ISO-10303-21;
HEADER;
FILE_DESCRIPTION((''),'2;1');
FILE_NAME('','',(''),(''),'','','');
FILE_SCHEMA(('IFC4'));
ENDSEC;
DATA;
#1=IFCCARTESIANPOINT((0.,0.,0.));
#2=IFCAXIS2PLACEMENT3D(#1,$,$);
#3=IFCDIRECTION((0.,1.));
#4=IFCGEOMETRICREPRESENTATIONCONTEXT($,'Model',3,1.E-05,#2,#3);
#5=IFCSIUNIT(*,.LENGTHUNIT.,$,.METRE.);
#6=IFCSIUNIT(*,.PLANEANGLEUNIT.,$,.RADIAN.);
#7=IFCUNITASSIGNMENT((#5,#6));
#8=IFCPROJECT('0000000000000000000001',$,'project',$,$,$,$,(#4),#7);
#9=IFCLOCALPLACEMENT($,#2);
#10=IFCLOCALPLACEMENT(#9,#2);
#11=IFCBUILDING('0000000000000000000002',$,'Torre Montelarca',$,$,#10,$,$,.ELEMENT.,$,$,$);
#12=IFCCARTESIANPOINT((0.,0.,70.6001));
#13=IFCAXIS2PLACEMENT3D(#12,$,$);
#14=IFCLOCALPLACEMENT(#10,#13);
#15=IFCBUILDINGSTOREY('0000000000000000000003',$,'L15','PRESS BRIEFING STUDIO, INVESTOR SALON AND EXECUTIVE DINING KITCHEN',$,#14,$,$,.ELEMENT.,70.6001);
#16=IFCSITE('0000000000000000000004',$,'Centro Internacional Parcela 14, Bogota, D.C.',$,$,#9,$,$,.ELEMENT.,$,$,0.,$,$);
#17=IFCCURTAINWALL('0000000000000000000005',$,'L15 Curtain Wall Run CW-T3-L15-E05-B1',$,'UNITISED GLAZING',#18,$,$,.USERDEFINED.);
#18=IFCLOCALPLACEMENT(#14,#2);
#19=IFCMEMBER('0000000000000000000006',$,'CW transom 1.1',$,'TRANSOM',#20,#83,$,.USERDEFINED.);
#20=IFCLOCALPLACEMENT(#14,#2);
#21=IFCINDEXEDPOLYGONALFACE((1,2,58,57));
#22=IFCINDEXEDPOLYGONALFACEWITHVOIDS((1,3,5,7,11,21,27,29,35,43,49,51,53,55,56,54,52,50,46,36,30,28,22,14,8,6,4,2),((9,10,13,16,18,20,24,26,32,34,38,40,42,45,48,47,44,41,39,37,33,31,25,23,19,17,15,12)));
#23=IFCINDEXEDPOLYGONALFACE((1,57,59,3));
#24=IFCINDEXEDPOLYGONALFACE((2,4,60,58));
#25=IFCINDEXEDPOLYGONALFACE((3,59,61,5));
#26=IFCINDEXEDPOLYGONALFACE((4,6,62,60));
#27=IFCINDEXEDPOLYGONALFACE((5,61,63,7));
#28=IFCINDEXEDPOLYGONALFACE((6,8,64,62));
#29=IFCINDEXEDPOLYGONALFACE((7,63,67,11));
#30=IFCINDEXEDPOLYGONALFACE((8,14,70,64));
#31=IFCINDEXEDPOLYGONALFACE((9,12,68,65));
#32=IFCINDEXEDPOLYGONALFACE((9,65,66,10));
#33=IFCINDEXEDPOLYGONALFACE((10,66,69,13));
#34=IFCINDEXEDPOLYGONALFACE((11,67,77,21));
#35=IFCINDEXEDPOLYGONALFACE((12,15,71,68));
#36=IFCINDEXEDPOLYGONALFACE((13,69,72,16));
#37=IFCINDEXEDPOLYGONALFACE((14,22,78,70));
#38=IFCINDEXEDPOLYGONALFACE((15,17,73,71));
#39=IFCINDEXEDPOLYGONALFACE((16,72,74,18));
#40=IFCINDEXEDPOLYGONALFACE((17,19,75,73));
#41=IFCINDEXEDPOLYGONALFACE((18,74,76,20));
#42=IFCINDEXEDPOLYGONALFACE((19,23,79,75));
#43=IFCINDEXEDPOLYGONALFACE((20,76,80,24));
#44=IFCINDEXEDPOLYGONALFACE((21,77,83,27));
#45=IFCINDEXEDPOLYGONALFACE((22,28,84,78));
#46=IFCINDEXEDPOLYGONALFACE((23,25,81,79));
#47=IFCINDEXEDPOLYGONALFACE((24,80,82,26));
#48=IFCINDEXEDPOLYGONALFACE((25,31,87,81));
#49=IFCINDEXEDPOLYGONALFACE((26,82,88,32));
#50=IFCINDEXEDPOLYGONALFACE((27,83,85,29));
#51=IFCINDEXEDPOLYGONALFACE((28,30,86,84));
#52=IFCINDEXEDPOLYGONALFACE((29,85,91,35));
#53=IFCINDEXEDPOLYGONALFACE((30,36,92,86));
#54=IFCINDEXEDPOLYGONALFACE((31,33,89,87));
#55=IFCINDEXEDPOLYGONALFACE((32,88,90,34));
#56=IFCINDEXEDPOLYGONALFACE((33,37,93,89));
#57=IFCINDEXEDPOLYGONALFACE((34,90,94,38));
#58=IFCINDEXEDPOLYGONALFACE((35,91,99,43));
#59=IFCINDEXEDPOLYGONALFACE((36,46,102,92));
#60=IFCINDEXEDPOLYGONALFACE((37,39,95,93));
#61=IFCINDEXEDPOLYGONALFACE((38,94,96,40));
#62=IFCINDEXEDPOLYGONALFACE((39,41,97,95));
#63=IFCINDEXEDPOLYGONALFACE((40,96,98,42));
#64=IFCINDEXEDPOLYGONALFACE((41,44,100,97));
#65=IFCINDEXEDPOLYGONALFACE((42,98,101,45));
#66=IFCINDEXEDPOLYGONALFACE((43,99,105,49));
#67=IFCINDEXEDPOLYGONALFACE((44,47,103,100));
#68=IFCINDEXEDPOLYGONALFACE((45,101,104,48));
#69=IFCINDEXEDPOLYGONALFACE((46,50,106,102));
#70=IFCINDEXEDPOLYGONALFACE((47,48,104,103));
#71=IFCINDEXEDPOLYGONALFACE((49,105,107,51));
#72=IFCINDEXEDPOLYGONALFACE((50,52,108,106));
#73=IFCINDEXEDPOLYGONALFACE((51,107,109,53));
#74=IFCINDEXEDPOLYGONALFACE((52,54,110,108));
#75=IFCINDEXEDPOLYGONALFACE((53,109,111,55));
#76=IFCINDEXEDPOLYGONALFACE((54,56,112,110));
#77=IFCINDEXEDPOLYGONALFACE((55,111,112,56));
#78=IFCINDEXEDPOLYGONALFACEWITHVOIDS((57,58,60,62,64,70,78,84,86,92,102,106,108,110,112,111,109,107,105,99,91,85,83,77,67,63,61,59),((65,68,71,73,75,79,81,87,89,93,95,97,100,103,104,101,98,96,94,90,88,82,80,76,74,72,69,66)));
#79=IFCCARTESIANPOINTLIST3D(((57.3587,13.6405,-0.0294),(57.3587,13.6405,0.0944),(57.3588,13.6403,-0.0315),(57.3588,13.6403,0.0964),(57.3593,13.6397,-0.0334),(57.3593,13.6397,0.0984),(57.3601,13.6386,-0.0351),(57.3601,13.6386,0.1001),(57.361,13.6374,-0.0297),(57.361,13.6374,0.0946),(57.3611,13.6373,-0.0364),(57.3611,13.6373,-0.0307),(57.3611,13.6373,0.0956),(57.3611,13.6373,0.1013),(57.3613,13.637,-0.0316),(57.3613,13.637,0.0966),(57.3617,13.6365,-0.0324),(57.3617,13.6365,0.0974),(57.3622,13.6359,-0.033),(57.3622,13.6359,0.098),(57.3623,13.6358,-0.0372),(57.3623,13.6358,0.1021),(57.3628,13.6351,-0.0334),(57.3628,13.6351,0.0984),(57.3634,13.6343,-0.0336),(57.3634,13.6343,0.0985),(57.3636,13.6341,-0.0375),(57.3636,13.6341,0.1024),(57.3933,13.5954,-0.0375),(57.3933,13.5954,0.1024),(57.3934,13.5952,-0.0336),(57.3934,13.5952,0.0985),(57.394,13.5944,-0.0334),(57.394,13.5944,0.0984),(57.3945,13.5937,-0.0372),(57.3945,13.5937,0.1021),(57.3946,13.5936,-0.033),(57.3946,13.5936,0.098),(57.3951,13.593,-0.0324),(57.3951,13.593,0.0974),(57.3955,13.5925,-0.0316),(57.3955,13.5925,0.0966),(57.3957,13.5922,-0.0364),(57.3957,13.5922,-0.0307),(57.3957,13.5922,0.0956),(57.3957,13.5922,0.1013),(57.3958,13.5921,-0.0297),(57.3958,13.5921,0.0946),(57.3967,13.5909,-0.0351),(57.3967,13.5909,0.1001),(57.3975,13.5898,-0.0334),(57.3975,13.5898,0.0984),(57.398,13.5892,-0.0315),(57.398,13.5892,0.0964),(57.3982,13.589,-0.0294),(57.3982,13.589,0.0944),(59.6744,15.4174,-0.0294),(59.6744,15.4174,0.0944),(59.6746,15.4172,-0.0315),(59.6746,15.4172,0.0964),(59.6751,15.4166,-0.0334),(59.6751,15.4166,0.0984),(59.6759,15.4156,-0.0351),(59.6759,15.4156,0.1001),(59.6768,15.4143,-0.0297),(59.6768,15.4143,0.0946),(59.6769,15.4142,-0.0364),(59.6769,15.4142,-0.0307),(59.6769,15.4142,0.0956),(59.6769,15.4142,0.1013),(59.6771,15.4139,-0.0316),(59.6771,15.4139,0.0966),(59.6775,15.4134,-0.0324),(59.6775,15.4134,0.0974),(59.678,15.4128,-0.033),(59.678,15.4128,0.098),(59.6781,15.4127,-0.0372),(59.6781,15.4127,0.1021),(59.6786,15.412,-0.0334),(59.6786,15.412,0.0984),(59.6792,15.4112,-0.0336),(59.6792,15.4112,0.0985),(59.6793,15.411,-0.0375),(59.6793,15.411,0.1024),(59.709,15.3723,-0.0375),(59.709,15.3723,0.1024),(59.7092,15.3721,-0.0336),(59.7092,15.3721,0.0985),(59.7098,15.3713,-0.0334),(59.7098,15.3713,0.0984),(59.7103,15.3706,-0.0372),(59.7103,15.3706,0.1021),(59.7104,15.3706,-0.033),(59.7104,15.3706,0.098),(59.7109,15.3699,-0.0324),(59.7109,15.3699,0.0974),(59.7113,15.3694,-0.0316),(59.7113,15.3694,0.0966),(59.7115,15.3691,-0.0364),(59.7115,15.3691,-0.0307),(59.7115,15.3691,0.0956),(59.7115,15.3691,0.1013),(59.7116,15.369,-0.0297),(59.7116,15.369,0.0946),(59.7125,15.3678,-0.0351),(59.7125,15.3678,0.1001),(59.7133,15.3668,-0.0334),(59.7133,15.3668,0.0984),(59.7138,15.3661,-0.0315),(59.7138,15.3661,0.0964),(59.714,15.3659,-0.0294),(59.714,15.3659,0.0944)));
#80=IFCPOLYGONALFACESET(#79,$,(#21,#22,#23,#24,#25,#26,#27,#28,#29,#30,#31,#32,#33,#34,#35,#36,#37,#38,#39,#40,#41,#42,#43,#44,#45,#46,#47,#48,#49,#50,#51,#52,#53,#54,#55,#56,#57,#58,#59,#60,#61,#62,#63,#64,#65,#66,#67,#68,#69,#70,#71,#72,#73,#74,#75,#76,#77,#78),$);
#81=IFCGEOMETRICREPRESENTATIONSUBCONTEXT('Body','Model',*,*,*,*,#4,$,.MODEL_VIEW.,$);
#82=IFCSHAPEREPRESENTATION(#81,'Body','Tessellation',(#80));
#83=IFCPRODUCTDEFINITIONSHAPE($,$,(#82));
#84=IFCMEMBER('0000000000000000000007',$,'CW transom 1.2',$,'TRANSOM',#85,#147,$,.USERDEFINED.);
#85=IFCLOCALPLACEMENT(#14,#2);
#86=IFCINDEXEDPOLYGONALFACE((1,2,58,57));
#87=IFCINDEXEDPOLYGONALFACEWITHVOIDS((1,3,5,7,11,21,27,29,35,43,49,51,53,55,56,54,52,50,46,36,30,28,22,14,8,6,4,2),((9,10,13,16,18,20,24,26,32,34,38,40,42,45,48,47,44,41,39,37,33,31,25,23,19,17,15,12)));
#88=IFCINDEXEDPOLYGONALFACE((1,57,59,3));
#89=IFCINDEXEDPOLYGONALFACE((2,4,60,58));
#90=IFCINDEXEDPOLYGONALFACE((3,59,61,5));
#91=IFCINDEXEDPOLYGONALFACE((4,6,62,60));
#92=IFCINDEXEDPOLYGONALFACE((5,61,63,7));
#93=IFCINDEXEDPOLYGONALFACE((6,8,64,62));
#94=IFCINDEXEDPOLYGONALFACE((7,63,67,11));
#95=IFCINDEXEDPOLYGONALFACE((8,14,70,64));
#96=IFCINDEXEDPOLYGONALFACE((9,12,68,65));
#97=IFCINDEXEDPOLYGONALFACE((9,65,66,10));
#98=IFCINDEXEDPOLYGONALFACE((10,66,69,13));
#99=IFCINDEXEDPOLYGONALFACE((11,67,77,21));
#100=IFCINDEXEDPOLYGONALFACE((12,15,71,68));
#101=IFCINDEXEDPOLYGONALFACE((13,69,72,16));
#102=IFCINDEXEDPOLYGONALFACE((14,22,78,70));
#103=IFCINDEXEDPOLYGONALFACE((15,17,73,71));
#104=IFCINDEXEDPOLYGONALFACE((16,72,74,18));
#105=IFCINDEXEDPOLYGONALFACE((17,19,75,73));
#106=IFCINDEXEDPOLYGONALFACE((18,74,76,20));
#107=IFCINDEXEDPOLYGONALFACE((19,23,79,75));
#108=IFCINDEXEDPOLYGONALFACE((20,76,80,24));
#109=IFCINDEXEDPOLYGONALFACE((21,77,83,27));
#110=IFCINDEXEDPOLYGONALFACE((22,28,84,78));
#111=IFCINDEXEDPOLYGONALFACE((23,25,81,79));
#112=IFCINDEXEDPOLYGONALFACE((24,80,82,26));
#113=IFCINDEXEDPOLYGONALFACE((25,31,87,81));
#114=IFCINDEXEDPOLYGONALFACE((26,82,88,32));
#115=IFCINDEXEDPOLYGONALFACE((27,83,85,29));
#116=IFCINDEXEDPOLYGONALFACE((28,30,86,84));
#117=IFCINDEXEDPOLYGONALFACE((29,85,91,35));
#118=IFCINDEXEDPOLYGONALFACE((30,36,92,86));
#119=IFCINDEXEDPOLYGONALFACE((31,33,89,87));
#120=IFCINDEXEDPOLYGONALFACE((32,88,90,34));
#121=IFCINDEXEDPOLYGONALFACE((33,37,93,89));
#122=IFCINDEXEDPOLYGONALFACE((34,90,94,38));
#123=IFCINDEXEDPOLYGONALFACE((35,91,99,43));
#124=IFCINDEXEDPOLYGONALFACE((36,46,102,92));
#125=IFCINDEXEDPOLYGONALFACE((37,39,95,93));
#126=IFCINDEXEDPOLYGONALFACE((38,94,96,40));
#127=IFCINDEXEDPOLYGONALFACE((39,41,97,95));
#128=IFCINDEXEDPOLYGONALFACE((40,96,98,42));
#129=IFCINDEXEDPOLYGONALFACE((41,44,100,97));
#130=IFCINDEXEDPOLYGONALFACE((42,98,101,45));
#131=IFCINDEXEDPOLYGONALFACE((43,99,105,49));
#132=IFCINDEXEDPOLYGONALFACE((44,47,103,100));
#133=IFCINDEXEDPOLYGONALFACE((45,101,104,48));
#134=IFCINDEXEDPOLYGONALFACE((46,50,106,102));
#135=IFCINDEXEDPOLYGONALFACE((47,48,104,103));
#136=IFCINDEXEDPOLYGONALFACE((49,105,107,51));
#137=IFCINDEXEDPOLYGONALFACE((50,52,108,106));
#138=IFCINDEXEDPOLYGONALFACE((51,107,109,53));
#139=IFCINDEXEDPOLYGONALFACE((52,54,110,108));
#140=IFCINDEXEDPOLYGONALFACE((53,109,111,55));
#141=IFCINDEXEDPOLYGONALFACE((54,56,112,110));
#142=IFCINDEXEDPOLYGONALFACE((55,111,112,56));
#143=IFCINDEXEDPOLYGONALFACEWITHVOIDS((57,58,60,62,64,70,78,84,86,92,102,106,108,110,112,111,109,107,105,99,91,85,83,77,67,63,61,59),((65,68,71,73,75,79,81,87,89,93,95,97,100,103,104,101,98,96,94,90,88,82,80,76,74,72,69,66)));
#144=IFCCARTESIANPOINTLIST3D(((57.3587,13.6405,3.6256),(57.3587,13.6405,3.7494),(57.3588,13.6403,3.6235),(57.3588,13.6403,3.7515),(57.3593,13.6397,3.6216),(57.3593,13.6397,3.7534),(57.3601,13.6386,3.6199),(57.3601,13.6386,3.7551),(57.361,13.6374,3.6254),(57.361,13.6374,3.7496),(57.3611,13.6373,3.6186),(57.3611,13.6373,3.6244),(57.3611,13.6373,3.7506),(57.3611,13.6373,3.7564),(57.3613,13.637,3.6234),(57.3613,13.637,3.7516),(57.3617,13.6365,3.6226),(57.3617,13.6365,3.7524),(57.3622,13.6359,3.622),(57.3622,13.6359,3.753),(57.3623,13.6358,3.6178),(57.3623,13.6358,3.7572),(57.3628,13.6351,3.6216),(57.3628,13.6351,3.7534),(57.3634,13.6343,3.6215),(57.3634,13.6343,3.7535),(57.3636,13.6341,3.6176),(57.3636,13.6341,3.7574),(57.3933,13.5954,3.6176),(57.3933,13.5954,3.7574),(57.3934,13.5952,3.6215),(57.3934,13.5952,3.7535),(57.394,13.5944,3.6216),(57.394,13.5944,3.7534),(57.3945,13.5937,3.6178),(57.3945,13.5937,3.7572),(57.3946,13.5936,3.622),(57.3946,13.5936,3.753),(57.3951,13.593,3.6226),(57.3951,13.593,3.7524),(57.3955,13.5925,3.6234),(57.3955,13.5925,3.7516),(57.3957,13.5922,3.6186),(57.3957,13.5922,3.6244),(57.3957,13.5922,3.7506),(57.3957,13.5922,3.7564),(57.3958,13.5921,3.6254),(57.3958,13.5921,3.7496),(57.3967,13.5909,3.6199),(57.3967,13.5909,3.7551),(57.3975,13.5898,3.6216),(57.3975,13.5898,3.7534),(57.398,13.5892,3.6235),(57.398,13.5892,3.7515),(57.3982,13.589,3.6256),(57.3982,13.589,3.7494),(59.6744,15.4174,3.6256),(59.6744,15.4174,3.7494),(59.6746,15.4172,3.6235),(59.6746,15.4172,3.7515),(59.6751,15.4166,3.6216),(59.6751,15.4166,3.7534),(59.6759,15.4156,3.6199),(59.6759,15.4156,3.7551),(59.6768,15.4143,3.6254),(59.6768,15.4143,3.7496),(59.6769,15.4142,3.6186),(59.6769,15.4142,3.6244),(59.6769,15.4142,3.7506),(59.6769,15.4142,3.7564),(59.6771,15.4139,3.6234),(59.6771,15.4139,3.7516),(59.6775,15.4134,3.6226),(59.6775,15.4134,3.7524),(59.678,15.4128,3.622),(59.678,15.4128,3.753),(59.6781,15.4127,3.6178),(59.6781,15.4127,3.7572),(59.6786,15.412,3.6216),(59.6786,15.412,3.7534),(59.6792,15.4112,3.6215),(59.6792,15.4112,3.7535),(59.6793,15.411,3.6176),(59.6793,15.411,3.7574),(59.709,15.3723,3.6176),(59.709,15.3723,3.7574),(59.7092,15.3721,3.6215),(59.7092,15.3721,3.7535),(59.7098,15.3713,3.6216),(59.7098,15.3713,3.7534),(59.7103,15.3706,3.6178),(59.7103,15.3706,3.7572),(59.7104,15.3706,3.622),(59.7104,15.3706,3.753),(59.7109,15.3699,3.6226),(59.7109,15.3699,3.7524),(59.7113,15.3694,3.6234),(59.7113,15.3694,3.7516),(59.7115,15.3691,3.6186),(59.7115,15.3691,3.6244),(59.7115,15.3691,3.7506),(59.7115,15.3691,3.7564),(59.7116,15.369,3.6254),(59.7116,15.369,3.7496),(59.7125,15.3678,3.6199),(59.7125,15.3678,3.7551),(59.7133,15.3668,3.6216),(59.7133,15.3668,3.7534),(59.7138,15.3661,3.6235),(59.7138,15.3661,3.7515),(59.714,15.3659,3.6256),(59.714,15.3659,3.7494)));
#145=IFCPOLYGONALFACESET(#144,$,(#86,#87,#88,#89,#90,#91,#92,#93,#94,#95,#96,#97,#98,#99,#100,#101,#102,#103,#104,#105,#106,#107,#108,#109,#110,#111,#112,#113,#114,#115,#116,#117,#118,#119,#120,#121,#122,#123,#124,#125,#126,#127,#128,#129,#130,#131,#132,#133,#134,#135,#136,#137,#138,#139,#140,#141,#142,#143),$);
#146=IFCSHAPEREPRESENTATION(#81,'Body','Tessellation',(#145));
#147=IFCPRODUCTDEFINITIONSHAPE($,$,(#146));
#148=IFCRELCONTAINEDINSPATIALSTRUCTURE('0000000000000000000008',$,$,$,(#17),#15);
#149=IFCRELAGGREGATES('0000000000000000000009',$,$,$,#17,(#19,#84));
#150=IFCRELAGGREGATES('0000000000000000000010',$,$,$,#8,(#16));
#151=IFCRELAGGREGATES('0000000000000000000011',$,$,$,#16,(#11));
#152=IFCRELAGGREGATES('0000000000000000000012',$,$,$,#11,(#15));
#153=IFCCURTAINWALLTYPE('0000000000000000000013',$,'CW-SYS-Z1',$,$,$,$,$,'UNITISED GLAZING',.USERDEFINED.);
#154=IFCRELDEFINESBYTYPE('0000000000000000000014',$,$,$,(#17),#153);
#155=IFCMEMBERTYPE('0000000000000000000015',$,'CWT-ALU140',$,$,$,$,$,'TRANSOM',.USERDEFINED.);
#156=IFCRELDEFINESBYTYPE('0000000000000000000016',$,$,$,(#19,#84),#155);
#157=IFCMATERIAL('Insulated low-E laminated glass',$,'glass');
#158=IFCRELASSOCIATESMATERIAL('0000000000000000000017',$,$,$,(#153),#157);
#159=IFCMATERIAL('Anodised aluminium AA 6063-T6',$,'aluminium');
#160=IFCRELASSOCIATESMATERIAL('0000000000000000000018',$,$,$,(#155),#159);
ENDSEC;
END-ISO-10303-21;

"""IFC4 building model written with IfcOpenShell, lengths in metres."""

from ifc_helpers import new_model, si_unit, direction, frame, origin, origin_2d, place, context, subcontext, project, spatial, hollow_rectangle, extrude, source, transform, mapped, material, material_profile, profile_set, type_object, element, aggregate, save


model = new_model("IFC4")

# Units and contexts
model_context = context("Model", 3, precision=1e-05, world=origin(), true_north=direction((0.0, 1.0)))
body_context = subcontext(model_context, "Body", "Model", "MODEL_VIEW")
ifc_project = project(units=[si_unit("LENGTHUNIT", "METRE"), si_unit("PLANEANGLEUNIT", "RADIAN")], contexts=[model_context])

# Site, building, storey
site_placement = place(None, origin())
site = spatial("IfcSite", under=ifc_project, at=site_placement, Name="Centro Internacional Parcela 14, Bogota, D.C.", CompositionType="ELEMENT", RefElevation=0.0)
building_placement = place(site_placement, origin())
building = spatial("IfcBuilding", under=site, at=building_placement, Name="Torre Montelarca", CompositionType="ELEMENT")
storey_placement = place(building_placement, frame((0.0, 0.0, 70.6001)))
storey = spatial("IfcBuildingStorey", under=building, at=storey_placement, Name="L15", Description="PRESS BRIEFING STUDIO, INVESTOR SALON AND EXECUTIVE DINING KITCHEN", CompositionType="ELEMENT", Elevation=70.6001)

# Curtain wall, members
ifc_material_1 = material(Name="Insulated low-E laminated glass", Category="glass")
curtain_wall_type = type_object("IfcCurtainWallType", Name="CW-SYS-Z1", ElementType="UNITISED GLAZING", PredefinedType="USERDEFINED", material=ifc_material_1)
ifc_material_2 = material(Name="Anodised aluminium AA 6063-T6", Category="aluminium")
ifc_material_profile_1 = material_profile(ifc_material_2, hollow_rectangle(XDim=0.0649, YDim=0.1399, WallThickness=0.0039, InnerFilletRadius=0.0039, OuterFilletRadius=0.0081, at=origin_2d()), Name="ALU65X140X4", Category="aluminium")
ifc_profile_set_1 = profile_set([ifc_material_profile_1], Name="Anodised aluminium AA 6063-T6")
member_type_1 = type_object("IfcMemberType", Name="CWT-ALU140", ElementType="TRANSOM", PredefinedType="USERDEFINED", material=ifc_profile_set_1)
curtain_wall_1_placement = place(storey_placement, origin())
curtain_wall_1 = element("IfcCurtainWall", 1, at=curtain_wall_1_placement, inside=storey, type_object=curtain_wall_type, Name="L15 Curtain Wall Run CW-T3-L15-E05-B1", ObjectType="UNITISED GLAZING", PredefinedType="USERDEFINED")
shared_shape_1 = source(origin(), body_context, "Body", "SweptSolid", [
    extrude(hollow_rectangle(XDim=0.0649, YDim=0.1399, WallThickness=0.0039, InnerFilletRadius=0.0039, OuterFilletRadius=0.0081, at=origin_2d()), origin(), (0.0, 0.0, 1.0), 2.9189),
])
member_1_placement = place(storey_placement, frame((57.3784, 13.6147, 0.0325), z_axis=(0.793357, 0.608756, 0.0), x_axis=(-0.608756, 0.793357, 0.0)))
member_1 = element("IfcMember", 2, at=member_1_placement, type_object=member_type_1, Name="CW transom 1.1", ObjectType="TRANSOM", PredefinedType="USERDEFINED", context=body_context, shape_type="MappedRepresentation", body=[
    mapped(shared_shape_1, transform((0.0, 0.0, 0.0), scale=1.0)),
])
member_2_placement = place(storey_placement, frame((57.3784, 13.6147, 3.6875), z_axis=(0.793357, 0.608756, 0.0), x_axis=(-0.608756, 0.793357, 0.0)))
member_2 = element("IfcMember", 3, at=member_2_placement, type_object=member_type_1, Name="CW transom 1.2", ObjectType="TRANSOM", PredefinedType="USERDEFINED", context=body_context, shape_type="MappedRepresentation", body=[
    mapped(shared_shape_1, transform((0.0, 0.0, 0.0), scale=1.0)),
])

aggregate(curtain_wall_1, [member_1, member_2])

save(model, "model.ifc")
